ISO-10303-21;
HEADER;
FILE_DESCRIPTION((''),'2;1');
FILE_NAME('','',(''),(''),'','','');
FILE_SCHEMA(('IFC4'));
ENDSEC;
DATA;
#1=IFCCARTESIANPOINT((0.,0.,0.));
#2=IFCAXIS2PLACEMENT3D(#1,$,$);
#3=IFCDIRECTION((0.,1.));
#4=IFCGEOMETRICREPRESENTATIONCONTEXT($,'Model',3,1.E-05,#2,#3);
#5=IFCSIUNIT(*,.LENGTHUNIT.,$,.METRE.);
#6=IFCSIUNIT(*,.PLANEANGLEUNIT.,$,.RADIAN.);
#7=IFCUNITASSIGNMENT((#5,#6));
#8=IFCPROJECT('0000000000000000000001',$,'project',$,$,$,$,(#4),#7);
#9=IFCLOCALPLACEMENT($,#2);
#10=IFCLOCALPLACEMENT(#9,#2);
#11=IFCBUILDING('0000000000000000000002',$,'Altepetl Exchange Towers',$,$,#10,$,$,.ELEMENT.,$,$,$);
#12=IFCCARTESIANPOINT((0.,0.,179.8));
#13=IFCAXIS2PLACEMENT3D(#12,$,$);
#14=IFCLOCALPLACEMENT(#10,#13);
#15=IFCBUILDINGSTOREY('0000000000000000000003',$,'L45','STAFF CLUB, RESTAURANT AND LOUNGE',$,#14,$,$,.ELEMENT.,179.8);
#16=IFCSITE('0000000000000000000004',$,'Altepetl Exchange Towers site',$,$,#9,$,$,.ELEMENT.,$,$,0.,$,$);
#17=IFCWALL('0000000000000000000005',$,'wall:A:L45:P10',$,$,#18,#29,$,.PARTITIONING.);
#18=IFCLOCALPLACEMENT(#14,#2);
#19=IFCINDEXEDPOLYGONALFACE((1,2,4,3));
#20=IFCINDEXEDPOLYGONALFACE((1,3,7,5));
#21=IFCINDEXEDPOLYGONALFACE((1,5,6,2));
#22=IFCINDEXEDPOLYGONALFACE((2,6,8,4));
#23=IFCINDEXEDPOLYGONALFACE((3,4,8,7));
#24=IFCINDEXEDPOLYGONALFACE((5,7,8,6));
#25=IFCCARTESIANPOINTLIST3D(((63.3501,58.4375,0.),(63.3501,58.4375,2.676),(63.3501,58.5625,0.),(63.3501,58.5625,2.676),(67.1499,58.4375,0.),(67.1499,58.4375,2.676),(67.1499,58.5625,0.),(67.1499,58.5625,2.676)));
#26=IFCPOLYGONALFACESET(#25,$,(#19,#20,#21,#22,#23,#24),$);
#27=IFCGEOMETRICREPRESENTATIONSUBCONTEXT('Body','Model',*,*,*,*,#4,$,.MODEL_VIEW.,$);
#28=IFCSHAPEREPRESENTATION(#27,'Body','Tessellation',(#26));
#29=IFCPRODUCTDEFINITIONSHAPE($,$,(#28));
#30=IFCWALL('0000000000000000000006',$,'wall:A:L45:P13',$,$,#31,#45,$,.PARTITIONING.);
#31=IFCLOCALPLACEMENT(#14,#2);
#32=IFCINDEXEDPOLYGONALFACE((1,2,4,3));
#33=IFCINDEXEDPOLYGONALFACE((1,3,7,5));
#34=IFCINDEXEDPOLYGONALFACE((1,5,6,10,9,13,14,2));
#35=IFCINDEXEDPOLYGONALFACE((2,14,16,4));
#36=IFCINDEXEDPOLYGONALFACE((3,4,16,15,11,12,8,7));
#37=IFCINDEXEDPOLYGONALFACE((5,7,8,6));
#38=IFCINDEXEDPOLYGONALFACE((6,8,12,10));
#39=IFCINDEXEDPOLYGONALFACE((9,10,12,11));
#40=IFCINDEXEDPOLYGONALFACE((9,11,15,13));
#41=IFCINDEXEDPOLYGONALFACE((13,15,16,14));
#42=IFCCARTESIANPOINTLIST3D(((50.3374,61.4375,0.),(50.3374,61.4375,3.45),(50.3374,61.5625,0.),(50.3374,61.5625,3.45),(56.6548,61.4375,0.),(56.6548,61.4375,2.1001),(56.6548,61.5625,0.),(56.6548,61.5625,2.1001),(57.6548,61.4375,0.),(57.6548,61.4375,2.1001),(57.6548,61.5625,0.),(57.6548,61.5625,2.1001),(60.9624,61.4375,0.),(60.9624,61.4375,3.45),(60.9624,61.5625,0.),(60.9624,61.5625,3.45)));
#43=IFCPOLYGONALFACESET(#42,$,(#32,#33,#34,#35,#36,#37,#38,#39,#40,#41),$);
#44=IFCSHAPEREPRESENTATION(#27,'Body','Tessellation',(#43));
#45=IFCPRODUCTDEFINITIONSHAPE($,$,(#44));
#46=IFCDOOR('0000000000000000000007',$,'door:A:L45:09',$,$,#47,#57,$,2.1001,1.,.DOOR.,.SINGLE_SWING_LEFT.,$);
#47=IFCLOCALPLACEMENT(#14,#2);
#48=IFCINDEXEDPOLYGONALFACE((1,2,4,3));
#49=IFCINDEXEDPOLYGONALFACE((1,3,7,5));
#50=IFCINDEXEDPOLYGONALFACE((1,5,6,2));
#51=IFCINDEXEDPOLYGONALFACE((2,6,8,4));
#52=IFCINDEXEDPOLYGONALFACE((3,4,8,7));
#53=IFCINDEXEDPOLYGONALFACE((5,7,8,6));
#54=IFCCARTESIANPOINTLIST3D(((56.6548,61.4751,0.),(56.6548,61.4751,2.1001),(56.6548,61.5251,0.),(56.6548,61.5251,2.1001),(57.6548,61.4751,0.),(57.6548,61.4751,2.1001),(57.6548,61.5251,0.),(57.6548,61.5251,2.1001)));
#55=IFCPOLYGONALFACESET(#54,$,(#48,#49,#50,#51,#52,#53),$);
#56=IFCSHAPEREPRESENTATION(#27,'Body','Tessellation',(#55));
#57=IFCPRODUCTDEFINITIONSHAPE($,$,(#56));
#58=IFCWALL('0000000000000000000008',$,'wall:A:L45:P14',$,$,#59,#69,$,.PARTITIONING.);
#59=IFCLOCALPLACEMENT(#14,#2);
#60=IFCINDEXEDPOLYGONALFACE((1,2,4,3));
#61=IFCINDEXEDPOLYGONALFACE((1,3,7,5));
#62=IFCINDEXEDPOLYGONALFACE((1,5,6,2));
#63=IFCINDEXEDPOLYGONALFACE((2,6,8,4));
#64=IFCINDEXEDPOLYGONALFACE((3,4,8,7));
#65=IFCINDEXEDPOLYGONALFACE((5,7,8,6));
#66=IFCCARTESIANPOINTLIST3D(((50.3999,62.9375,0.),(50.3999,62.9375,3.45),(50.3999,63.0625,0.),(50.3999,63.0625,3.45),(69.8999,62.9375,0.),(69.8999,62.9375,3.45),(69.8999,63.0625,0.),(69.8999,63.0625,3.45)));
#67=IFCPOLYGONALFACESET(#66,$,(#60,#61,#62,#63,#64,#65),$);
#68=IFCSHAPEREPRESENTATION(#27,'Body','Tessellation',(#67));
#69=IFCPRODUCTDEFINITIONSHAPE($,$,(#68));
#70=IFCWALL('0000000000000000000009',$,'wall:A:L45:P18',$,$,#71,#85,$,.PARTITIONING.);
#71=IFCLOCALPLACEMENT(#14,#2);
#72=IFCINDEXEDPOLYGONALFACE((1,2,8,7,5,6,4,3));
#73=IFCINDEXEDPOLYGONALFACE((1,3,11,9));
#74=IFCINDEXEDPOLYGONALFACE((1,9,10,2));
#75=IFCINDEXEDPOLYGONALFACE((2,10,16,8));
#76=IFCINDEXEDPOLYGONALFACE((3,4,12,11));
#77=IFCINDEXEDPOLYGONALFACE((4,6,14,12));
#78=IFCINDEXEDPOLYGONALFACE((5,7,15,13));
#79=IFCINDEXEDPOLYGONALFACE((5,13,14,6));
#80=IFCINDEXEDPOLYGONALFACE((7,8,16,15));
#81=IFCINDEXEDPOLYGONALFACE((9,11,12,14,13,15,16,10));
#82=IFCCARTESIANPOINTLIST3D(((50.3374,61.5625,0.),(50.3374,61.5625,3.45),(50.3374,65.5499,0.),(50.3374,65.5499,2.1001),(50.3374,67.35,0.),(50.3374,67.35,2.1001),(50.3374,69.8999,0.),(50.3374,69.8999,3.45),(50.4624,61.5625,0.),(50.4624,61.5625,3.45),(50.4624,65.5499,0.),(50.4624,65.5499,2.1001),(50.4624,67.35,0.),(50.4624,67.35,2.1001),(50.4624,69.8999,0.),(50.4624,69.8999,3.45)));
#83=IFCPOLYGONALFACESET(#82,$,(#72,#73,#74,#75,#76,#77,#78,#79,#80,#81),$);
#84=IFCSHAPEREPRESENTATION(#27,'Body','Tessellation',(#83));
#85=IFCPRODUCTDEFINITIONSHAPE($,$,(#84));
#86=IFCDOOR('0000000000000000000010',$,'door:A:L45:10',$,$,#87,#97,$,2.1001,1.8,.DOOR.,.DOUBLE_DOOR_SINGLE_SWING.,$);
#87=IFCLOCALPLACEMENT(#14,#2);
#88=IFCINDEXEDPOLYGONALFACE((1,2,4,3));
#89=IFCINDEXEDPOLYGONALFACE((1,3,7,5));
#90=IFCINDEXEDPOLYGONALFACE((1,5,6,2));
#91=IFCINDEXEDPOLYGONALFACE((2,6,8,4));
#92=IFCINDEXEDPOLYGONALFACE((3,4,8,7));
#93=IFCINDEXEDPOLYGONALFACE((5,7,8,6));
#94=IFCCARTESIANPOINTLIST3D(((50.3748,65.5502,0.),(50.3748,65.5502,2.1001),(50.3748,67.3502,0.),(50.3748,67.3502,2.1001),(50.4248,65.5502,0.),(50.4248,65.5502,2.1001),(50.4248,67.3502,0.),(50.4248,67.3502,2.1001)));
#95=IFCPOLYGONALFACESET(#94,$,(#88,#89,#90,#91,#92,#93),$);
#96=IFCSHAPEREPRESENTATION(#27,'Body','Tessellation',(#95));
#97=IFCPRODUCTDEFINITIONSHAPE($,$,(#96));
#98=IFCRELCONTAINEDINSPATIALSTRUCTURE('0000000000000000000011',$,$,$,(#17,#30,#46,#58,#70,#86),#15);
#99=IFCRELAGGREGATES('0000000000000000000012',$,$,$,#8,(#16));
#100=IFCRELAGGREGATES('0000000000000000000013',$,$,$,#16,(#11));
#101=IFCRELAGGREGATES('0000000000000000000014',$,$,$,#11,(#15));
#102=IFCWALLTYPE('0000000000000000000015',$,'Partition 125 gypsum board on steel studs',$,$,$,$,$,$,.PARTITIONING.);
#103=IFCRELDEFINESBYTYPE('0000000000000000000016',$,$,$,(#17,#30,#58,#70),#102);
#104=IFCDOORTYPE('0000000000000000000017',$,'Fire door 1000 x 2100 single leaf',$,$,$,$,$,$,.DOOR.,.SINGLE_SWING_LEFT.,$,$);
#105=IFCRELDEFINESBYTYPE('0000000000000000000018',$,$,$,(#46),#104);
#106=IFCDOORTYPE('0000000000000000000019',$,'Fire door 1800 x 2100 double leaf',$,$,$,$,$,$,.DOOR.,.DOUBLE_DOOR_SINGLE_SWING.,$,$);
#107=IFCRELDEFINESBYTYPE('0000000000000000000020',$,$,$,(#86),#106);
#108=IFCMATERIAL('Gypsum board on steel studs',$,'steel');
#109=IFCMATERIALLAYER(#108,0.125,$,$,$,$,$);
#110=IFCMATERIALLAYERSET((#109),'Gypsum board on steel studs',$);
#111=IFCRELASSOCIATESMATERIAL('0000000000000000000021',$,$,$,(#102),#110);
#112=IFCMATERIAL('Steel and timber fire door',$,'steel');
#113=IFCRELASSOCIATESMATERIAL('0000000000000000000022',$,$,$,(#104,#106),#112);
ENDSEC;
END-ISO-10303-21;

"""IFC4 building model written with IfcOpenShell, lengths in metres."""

from ifc_helpers import new_model, si_unit, direction, frame, frame_2d, origin, place, context, subcontext, project, spatial, rectangle, extrude, material, layer, layer_set, type_object, element, fill, save


model = new_model("IFC4")

# Units and contexts
model_context = context("Model", 3, precision=1e-05, world=origin(), true_north=direction((0.0, 1.0)))
body_context = subcontext(model_context, "Body", "Model", "MODEL_VIEW")
ifc_project = project(units=[si_unit("LENGTHUNIT", "METRE"), si_unit("PLANEANGLEUNIT", "RADIAN")], contexts=[model_context])

# Site, building, storey
site_placement = place(None, origin())
site = spatial("IfcSite", under=ifc_project, at=site_placement, Name="Altepetl Exchange Towers site", CompositionType="ELEMENT", RefElevation=0.0)
building_placement = place(site_placement, origin())
building = spatial("IfcBuilding", under=site, at=building_placement, Name="Altepetl Exchange Towers", CompositionType="ELEMENT")
storey_placement = place(building_placement, frame((0.0, 0.0, 179.8)))
storey = spatial("IfcBuildingStorey", under=building, at=storey_placement, Name="L45", Description="STAFF CLUB, RESTAURANT AND LOUNGE", CompositionType="ELEMENT", Elevation=179.8)

# Wall
ifc_material_1 = material(Name="Gypsum board on steel studs", Category="steel")
ifc_layer_1 = layer(ifc_material_1, 0.125)
ifc_layer_set_1 = layer_set([ifc_layer_1], Name="Gypsum board on steel studs")
wall_type = type_object("IfcWallType", Name="Partition 125 gypsum board on steel studs", PredefinedType="PARTITIONING", material=ifc_layer_set_1)
wall_1_placement = place(storey_placement, frame((63.3501, 58.5, 0.0)))
element("IfcWall", 1, at=wall_1_placement, inside=storey, type_object=wall_type, Name="wall:A:L45:P10", PredefinedType="PARTITIONING", context=body_context, shape_type="SweptSolid", body=[
    extrude(rectangle(XDim=3.7998, YDim=0.125, at=frame_2d((1.8999, 0.0))), origin(), (0.0, 0.0, 1.0), 2.676),
])

# Wall, opening, door
wall_2_placement = place(storey_placement, frame((50.3374, 61.5, 0.0)))
wall_2 = element("IfcWall", 2, at=wall_2_placement, inside=storey, type_object=wall_type, Name="wall:A:L45:P13", PredefinedType="PARTITIONING", context=body_context, shape_type="SweptSolid", body=[
    extrude(rectangle(XDim=10.625, YDim=0.125, at=frame_2d((5.3125, 0.0))), origin(), (0.0, 0.0, 1.0), 3.45),
])
opening_1_placement = place(wall_2_placement, frame((6.3174, 0.0, 0.0)))
opening_1 = element("IfcOpeningElement", 3, at=opening_1_placement, cuts=wall_2, PredefinedType="OPENING", context=body_context, shape_type="SweptSolid", body=[
    extrude(rectangle(XDim=1.0, YDim=2.1001, at=frame_2d((0.5, 1.05))), frame((0.0, 0.0725, 0.0), z_axis=(0.0, -1.0, 0.0), x_axis=(1.0, 0.0, 0.0)), (0.0, 0.0, 1.0), 0.145),
])
ifc_material_2 = material(Name="Steel and timber fire door", Category="steel")
door_type_1 = type_object("IfcDoorType", Name="Fire door 1000 x 2100 single leaf", OperationType="SINGLE_SWING_LEFT", PredefinedType="DOOR", material=ifc_material_2)
door_1_placement = place(opening_1_placement, frame((1.0, 0.0, 0.0), x_axis=(-1.0, 0.0, 0.0)))
door_1 = element("IfcDoor", 4, at=door_1_placement, inside=storey, type_object=door_type_1, Name="door:A:L45:09", OperationType="SINGLE_SWING_LEFT", OverallHeight=2.1001, OverallWidth=1.0, PredefinedType="DOOR", context=body_context, shape_type="SweptSolid", body=[
    extrude(rectangle(XDim=1.0, YDim=2.1001, at=frame_2d((0.5, 1.05))), frame((0.0, 0.0249, 0.0), z_axis=(0.0, -1.0, 0.0), x_axis=(1.0, 0.0, 0.0)), (0.0, 0.0, 1.0), 0.05),
])
fill(opening_1, door_1)

# Wall
wall_3_placement = place(storey_placement, frame((50.3999, 63.0, 0.0)))
element("IfcWall", 5, at=wall_3_placement, inside=storey, type_object=wall_type, Name="wall:A:L45:P14", PredefinedType="PARTITIONING", context=body_context, shape_type="SweptSolid", body=[
    extrude(rectangle(XDim=19.5, YDim=0.125, at=frame_2d((9.75, 0.0))), origin(), (0.0, 0.0, 1.0), 3.45),
])

# Wall, opening, door
wall_4_placement = place(storey_placement, frame((50.3999, 61.5625, 0.0), z_axis=(0.0, 0.0, 1.0), x_axis=(0.0, 1.0, 0.0)))
wall_4 = element("IfcWall", 6, at=wall_4_placement, inside=storey, type_object=wall_type, Name="wall:A:L45:P18", PredefinedType="PARTITIONING", context=body_context, shape_type="SweptSolid", body=[
    extrude(rectangle(XDim=8.3374, YDim=0.125, at=frame_2d((4.1687, 0.0))), origin(), (0.0, 0.0, 1.0), 3.45),
])
opening_2_placement = place(wall_4_placement, frame((3.9875, 0.0, 0.0)))
opening_2 = element("IfcOpeningElement", 7, at=opening_2_placement, cuts=wall_4, PredefinedType="OPENING", context=body_context, shape_type="SweptSolid", body=[
    extrude(rectangle(XDim=1.8, YDim=2.1001, at=frame_2d((0.8999, 1.05))), frame((0.0, 0.0725, 0.0), z_axis=(0.0, -1.0, 0.0), x_axis=(1.0, 0.0, 0.0)), (0.0, 0.0, 1.0), 0.145),
])
door_type_2 = type_object("IfcDoorType", Name="Fire door 1800 x 2100 double leaf", OperationType="DOUBLE_DOOR_SINGLE_SWING", PredefinedType="DOOR", material=ifc_material_2)
door_2_placement = place(opening_2_placement, frame((1.8, 0.0, 0.0), x_axis=(-1.0, 0.0, 0.0)))
door_2 = element("IfcDoor", 8, at=door_2_placement, inside=storey, type_object=door_type_2, Name="door:A:L45:10", OperationType="DOUBLE_DOOR_SINGLE_SWING", OverallHeight=2.1001, OverallWidth=1.8, PredefinedType="DOOR", context=body_context, shape_type="SweptSolid", body=[
    extrude(rectangle(XDim=1.8, YDim=2.1001, at=frame_2d((0.8999, 1.05))), frame((0.0, 0.0249, 0.0), z_axis=(0.0, -1.0, 0.0), x_axis=(1.0, 0.0, 0.0)), (0.0, 0.0, 1.0), 0.05),
])
fill(opening_2, door_2)

save(model, "model.ifc")
